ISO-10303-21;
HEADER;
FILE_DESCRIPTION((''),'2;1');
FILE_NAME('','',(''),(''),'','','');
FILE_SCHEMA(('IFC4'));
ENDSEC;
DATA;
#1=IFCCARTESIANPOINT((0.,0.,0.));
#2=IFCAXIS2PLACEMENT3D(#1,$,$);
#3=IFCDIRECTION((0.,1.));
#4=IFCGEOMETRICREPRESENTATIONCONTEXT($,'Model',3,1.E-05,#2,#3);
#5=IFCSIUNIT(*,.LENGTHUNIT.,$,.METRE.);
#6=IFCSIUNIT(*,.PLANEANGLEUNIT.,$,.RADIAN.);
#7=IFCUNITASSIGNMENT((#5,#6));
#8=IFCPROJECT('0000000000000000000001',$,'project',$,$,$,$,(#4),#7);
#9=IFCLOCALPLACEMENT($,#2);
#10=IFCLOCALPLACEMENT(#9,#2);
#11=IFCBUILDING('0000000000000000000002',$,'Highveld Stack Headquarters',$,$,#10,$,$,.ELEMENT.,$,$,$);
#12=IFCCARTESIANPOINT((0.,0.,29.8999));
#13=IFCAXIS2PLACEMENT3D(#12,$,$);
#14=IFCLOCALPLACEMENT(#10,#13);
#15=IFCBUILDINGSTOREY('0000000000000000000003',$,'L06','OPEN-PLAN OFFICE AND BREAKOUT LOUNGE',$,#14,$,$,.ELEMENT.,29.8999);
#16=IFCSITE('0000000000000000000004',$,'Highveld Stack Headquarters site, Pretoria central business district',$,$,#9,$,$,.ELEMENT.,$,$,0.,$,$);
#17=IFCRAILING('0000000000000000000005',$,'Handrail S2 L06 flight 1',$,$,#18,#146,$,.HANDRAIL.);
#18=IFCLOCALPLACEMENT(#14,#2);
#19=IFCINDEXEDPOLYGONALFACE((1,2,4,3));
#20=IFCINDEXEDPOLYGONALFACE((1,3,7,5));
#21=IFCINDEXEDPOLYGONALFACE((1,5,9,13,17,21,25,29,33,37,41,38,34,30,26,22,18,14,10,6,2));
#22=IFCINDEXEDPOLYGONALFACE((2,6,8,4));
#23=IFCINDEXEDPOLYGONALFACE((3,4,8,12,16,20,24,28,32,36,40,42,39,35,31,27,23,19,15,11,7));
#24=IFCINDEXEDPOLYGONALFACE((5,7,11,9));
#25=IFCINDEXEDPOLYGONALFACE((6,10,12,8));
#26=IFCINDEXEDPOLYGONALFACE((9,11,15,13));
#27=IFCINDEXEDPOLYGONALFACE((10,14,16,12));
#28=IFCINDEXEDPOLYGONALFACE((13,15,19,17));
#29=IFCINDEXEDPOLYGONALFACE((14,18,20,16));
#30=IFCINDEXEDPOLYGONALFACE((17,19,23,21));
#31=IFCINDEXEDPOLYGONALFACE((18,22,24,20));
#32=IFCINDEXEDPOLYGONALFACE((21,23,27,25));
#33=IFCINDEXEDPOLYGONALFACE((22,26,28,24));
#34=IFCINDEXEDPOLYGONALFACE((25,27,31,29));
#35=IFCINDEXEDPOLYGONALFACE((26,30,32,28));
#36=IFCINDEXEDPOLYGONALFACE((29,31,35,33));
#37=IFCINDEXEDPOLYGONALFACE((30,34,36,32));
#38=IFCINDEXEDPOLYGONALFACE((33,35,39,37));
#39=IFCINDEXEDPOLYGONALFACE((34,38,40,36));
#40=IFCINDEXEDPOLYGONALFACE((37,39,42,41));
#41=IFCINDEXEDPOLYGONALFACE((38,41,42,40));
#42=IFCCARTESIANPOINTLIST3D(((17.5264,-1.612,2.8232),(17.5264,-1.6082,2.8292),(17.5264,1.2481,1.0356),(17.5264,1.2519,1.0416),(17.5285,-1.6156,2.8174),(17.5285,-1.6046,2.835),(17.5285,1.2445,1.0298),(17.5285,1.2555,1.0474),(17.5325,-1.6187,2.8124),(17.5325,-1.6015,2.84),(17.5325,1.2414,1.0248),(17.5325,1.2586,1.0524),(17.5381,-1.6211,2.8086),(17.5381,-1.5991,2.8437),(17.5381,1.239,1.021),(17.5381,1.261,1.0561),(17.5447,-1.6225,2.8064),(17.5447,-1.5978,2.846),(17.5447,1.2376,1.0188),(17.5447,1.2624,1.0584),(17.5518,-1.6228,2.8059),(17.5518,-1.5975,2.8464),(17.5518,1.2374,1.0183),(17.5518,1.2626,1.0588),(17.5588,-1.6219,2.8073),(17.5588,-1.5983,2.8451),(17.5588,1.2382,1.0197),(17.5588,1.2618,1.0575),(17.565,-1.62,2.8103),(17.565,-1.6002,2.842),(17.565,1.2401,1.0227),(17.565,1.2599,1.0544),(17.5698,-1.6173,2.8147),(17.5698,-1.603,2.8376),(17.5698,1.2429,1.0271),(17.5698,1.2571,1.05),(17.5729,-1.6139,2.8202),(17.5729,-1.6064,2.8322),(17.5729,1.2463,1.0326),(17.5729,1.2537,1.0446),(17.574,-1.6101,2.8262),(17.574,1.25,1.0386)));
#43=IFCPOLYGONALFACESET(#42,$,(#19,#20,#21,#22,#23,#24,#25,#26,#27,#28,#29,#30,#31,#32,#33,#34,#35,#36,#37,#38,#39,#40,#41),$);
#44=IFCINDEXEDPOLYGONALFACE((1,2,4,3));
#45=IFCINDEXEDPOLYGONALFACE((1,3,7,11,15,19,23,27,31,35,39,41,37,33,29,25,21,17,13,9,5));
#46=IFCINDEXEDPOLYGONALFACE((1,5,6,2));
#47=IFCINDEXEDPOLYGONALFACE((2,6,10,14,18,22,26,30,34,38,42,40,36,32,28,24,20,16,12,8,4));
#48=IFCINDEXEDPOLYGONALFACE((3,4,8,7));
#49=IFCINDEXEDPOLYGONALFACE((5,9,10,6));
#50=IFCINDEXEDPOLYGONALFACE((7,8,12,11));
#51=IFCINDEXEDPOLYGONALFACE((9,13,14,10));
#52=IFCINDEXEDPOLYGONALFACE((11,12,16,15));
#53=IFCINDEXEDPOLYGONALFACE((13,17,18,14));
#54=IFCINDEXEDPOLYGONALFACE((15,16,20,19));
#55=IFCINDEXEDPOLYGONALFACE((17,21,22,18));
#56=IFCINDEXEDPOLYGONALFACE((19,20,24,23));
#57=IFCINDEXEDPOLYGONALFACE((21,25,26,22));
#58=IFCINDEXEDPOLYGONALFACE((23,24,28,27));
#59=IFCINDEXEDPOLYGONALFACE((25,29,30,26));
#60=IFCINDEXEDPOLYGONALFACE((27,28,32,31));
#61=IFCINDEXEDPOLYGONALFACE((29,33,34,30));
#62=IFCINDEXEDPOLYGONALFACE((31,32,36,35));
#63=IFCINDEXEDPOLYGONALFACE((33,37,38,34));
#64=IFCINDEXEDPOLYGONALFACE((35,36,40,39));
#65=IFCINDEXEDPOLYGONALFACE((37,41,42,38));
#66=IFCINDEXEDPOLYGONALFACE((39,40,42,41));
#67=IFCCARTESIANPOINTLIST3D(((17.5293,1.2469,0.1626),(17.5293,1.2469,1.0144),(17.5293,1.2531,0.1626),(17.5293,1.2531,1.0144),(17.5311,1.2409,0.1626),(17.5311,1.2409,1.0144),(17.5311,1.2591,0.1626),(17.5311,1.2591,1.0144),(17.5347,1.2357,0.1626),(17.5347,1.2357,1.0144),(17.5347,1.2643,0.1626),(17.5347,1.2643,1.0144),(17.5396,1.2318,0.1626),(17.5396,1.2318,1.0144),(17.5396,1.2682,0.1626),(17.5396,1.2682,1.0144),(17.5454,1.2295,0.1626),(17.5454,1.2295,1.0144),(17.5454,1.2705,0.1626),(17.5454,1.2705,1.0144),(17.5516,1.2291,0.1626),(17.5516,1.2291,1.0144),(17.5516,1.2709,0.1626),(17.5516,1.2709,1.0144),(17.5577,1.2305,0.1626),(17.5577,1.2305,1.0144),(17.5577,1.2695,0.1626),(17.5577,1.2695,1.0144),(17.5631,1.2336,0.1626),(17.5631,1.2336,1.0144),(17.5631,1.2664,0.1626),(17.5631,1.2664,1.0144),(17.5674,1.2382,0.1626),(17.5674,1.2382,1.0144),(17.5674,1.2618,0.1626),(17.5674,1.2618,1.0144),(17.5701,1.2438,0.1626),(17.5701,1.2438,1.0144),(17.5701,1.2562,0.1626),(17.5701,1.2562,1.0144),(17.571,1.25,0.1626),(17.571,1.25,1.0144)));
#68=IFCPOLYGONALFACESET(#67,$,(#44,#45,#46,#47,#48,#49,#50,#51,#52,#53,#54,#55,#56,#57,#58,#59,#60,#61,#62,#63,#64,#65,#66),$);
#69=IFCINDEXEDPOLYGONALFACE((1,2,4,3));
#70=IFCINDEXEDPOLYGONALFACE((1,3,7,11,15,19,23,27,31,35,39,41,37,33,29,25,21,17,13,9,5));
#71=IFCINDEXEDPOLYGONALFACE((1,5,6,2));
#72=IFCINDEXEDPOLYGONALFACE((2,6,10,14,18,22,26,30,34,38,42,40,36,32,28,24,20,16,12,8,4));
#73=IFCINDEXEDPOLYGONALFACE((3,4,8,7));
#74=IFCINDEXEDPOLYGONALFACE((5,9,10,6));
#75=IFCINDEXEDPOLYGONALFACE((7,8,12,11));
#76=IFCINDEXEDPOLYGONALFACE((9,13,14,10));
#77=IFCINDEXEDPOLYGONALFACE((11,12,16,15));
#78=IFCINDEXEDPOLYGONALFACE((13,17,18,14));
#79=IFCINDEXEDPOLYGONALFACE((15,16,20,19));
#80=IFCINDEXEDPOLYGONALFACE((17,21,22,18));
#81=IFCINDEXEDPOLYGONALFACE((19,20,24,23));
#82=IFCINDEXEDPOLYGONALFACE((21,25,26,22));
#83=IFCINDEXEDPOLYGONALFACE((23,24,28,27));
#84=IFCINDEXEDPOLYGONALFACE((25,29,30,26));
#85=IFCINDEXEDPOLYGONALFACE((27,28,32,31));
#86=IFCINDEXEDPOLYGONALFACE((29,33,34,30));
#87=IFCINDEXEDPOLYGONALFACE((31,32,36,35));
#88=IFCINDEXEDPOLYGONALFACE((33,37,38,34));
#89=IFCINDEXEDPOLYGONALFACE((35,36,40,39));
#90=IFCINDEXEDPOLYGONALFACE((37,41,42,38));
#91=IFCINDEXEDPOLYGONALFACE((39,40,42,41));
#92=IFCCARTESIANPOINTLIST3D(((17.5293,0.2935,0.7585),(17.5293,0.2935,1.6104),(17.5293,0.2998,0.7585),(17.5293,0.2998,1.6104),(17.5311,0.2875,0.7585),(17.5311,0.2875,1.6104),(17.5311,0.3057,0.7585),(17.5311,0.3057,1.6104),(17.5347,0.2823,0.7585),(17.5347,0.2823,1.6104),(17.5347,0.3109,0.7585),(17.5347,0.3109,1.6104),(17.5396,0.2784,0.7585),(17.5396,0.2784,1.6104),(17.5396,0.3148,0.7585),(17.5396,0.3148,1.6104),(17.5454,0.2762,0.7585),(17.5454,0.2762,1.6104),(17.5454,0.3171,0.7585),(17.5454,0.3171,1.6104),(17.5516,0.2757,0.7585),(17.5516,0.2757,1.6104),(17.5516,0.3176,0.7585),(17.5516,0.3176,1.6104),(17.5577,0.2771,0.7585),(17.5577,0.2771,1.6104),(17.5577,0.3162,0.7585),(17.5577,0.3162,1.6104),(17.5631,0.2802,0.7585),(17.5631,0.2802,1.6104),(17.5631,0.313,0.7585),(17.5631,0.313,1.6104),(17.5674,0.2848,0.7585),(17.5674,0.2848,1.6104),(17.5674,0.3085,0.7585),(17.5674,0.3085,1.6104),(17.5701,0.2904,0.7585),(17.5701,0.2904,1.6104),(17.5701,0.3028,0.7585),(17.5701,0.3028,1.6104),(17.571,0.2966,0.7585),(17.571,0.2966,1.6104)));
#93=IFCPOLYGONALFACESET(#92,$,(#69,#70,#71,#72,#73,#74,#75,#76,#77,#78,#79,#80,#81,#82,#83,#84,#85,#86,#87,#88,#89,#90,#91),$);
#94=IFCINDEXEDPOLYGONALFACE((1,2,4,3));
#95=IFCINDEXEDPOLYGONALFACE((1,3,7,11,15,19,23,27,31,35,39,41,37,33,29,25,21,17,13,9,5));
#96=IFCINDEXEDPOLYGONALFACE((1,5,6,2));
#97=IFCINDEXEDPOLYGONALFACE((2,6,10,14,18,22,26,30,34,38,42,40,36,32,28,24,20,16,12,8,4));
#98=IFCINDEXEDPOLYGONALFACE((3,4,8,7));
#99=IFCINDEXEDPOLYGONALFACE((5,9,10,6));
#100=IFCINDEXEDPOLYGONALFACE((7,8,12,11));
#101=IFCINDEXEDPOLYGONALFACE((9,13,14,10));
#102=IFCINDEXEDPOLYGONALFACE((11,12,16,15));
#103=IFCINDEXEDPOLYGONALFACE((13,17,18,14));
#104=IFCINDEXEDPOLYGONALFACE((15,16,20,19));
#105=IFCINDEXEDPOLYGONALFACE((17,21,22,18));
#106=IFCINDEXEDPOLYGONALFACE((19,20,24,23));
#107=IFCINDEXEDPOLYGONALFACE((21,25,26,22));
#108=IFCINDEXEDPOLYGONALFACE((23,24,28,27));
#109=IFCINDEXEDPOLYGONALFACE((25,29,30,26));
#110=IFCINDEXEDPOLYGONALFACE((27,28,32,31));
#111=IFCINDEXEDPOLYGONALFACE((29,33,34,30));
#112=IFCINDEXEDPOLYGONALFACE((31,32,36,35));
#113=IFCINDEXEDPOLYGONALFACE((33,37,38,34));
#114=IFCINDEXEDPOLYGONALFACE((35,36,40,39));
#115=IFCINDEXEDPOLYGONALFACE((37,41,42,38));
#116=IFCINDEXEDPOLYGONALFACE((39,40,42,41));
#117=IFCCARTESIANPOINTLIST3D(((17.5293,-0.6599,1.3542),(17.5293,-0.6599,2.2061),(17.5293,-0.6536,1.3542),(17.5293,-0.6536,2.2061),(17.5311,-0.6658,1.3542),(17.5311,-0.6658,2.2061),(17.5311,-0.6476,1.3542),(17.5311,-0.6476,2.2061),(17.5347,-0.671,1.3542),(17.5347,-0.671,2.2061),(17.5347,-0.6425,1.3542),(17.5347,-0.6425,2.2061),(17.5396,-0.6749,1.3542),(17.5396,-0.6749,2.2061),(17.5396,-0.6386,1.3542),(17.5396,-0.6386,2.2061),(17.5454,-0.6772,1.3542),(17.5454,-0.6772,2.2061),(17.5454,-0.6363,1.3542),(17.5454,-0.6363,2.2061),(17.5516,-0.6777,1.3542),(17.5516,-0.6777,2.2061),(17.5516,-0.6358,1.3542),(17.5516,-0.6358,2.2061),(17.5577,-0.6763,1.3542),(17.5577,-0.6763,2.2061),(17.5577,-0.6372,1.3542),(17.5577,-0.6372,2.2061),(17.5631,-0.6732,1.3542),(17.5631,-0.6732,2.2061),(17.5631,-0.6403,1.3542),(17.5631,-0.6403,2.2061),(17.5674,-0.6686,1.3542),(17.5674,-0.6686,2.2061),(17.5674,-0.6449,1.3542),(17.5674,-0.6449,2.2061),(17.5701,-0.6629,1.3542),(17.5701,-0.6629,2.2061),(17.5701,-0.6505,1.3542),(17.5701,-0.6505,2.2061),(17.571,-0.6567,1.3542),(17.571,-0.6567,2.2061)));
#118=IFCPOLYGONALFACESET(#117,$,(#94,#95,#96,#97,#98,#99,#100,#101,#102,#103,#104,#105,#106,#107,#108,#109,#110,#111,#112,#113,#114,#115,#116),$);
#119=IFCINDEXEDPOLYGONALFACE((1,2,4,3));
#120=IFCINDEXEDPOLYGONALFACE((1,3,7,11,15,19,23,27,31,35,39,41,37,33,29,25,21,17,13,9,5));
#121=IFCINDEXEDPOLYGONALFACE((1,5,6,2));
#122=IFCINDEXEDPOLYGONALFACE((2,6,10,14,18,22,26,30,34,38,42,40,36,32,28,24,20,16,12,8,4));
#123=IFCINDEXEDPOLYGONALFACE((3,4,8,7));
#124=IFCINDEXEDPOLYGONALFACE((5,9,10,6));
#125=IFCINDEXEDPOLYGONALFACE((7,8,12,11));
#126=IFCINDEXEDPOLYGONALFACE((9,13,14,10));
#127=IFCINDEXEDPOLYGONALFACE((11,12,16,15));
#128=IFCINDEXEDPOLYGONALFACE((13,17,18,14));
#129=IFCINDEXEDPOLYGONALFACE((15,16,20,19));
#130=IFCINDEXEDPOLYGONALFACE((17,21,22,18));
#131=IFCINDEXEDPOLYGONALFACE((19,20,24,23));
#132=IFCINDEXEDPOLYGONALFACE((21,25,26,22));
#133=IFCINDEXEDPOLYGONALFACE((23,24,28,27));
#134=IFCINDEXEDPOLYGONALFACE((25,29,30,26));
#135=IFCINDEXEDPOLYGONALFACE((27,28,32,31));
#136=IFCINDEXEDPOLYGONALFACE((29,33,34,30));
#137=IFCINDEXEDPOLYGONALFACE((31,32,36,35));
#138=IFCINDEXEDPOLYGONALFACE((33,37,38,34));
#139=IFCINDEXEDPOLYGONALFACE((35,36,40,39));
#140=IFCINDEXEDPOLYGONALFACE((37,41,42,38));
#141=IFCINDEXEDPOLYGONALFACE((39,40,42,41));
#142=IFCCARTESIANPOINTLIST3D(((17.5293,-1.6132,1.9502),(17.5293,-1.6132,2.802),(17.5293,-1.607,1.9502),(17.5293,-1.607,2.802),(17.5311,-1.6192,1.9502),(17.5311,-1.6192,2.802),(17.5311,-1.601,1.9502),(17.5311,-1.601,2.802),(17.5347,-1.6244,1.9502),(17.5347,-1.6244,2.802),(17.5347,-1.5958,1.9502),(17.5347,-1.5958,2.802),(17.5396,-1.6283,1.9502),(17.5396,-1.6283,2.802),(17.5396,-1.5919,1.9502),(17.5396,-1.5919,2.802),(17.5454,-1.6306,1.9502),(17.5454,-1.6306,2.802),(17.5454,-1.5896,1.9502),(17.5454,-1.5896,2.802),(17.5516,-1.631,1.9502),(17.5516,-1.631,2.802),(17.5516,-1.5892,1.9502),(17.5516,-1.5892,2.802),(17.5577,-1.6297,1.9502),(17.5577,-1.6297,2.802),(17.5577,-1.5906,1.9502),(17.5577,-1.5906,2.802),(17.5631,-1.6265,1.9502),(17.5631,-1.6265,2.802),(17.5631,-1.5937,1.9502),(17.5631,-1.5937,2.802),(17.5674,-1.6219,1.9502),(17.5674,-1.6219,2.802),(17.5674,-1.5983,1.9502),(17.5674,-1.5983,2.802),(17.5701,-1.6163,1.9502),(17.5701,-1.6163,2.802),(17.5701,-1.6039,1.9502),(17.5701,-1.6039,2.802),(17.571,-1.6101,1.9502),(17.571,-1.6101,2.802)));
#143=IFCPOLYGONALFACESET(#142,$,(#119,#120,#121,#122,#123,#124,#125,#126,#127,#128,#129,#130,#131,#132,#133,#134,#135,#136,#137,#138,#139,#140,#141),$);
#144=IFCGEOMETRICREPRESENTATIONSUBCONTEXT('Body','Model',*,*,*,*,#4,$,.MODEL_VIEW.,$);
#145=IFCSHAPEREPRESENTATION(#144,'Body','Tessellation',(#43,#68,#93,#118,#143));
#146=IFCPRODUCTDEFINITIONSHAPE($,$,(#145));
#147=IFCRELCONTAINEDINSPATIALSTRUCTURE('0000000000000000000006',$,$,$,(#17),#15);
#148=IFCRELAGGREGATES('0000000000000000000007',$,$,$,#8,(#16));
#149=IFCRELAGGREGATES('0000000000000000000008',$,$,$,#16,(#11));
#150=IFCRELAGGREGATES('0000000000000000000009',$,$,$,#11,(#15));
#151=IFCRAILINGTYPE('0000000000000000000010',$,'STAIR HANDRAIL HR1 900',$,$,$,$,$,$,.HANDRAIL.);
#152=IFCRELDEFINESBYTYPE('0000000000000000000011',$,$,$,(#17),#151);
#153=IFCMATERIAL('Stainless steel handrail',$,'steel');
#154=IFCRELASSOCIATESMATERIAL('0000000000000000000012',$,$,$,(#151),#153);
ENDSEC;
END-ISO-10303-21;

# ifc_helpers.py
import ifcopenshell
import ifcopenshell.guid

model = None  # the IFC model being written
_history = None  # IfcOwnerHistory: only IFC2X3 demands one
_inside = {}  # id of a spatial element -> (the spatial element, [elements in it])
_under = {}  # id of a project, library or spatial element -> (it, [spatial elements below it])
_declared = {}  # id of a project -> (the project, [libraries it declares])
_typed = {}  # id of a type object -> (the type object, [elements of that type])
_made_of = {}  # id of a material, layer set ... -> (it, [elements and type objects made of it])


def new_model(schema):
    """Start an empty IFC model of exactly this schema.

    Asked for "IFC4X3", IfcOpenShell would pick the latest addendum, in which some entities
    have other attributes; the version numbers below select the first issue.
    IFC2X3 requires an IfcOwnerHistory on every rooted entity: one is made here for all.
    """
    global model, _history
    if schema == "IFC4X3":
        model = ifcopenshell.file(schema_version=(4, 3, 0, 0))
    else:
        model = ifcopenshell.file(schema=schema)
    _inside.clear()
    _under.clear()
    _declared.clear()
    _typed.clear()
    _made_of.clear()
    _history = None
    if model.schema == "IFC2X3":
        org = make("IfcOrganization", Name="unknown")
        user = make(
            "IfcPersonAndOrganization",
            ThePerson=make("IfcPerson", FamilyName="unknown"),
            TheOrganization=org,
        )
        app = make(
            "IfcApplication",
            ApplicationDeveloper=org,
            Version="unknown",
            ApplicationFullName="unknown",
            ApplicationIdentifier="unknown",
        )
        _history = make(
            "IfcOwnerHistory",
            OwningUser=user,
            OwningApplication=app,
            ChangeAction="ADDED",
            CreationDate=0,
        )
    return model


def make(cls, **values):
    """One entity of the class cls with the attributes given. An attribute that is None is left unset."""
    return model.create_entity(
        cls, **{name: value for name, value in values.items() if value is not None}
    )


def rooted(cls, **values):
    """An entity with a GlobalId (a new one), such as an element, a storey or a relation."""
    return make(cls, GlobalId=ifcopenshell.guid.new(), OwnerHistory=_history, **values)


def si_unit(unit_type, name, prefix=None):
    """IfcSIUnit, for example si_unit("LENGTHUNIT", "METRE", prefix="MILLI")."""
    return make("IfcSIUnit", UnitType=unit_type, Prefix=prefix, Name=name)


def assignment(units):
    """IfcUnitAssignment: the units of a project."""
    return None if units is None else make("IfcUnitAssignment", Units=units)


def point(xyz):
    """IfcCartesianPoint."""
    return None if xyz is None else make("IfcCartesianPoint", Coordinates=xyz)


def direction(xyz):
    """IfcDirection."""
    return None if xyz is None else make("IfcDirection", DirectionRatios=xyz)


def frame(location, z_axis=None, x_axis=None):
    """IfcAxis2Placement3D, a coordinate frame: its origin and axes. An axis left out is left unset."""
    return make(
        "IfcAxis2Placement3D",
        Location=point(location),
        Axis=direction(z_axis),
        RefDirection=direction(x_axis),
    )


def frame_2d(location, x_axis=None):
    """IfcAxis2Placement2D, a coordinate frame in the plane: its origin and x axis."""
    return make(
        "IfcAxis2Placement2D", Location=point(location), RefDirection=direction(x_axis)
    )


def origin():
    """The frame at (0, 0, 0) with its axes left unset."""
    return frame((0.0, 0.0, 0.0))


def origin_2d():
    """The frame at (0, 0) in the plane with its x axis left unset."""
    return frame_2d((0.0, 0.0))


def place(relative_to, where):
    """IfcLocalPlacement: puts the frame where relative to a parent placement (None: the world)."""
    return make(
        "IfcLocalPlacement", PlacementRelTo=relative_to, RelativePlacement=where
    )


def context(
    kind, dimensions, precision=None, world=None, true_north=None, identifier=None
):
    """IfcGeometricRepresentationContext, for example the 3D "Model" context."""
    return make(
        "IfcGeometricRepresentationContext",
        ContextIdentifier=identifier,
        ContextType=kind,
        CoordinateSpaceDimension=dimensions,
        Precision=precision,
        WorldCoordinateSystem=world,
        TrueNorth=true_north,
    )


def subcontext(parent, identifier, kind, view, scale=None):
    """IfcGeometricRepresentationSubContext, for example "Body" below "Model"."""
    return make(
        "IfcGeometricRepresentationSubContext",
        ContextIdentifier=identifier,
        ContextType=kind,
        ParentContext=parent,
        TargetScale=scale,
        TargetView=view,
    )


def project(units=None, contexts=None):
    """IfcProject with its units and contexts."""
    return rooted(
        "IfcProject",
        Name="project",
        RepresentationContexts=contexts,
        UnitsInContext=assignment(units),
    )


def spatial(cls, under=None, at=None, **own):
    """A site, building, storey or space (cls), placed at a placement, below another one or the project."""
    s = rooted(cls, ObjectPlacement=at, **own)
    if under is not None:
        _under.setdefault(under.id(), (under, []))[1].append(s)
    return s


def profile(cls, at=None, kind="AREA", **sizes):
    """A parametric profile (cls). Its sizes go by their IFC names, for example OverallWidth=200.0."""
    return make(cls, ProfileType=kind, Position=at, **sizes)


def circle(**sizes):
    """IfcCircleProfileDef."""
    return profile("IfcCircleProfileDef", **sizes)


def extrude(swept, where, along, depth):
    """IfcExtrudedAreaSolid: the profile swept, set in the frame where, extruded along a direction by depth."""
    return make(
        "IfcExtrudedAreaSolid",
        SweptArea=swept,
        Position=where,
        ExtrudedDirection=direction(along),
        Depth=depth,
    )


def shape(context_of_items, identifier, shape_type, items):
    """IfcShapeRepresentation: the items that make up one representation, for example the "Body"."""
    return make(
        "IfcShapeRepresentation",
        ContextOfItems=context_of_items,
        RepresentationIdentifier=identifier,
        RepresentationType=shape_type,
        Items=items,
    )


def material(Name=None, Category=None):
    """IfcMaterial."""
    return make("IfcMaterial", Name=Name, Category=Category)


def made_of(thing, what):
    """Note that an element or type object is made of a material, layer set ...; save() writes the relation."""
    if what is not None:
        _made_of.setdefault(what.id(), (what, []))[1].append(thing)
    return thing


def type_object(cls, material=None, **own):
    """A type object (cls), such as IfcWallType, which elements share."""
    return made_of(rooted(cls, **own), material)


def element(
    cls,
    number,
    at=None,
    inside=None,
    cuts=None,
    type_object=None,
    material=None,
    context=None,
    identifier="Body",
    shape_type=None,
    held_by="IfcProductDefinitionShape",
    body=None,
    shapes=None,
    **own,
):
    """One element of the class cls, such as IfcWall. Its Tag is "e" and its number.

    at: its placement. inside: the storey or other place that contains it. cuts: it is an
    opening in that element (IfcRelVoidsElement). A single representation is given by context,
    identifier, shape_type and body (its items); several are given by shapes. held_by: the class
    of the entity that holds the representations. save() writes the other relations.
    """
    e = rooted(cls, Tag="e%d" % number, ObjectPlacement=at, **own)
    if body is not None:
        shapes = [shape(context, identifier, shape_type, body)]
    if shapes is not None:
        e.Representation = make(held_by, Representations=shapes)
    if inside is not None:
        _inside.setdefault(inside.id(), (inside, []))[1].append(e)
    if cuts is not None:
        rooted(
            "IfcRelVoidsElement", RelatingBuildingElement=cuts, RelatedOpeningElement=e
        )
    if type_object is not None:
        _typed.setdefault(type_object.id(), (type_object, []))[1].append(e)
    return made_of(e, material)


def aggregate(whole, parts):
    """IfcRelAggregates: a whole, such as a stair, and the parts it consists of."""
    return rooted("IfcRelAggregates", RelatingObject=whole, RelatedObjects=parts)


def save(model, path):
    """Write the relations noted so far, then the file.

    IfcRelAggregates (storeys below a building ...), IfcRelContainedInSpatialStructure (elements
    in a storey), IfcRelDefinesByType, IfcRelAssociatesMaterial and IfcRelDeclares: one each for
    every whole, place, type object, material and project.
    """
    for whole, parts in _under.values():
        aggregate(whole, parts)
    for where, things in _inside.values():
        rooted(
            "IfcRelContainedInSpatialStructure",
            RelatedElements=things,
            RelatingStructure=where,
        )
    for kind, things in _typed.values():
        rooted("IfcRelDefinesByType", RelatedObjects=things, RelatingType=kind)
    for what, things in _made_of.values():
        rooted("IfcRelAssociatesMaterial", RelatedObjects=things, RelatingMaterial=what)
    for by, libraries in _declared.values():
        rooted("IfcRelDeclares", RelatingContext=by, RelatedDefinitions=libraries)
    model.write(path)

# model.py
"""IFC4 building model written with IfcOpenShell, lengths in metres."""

from ifc_helpers import new_model, si_unit, direction, frame, origin, origin_2d, place, context, subcontext, project, spatial, circle, extrude, material, type_object, element, save


model = new_model("IFC4")

# Units and contexts
model_context = context("Model", 3, precision=1e-05, world=origin(), true_north=direction((0.0, 1.0)))
body_context = subcontext(model_context, "Body", "Model", "MODEL_VIEW")
ifc_project = project(units=[si_unit("LENGTHUNIT", "METRE"), si_unit("PLANEANGLEUNIT", "RADIAN")], contexts=[model_context])

# Site, building, storey
site_placement = place(None, origin())
site = spatial("IfcSite", under=ifc_project, at=site_placement, Name="Highveld Stack Headquarters site, Pretoria central business district", CompositionType="ELEMENT", RefElevation=0.0)
building_placement = place(site_placement, origin())
building = spatial("IfcBuilding", under=site, at=building_placement, Name="Highveld Stack Headquarters", CompositionType="ELEMENT")
storey_placement = place(building_placement, frame((0.0, 0.0, 29.8999)))
storey = spatial("IfcBuildingStorey", under=building, at=storey_placement, Name="L06", Description="OPEN-PLAN OFFICE AND BREAKOUT LOUNGE", CompositionType="ELEMENT", Elevation=29.8999)

# Railing
ifc_material_1 = material(Name="Stainless steel handrail", Category="steel")
railing_type = type_object("IfcRailingType", Name="STAIR HANDRAIL HR1 900", PredefinedType="HANDRAIL", material=ifc_material_1)
railing_placement = place(storey_placement, frame((17.55, 1.25, 0.1626)))
element("IfcRailing", 1, at=railing_placement, inside=storey, type_object=railing_type, Name="Handrail S2 L06 flight 1", PredefinedType="HANDRAIL", context=body_context, shape_type="SweptSolid", body=[
    extrude(circle(Radius=0.0239, at=origin_2d()), frame((0.0, 0.0, 0.876), z_axis=(0.0, -0.847994, 0.530005), x_axis=(1.0, 0.0, 0.0)), (0.0, 0.0, 1.0), 3.3728),
    extrude(circle(Radius=0.021, at=origin_2d()), origin(), (0.0, 0.0, 1.0), 0.8518),
    extrude(circle(Radius=0.021, at=origin_2d()), frame((0.0, -0.9534, 0.5959)), (0.0, 0.0, 1.0), 0.8518),
    extrude(circle(Radius=0.021, at=origin_2d()), frame((0.0, -1.9067, 1.1917)), (0.0, 0.0, 1.0), 0.8518),
    extrude(circle(Radius=0.021, at=origin_2d()), frame((0.0, -2.8601, 1.7876)), (0.0, 0.0, 1.0), 0.8518),
])

save(model, "model.ifc")
